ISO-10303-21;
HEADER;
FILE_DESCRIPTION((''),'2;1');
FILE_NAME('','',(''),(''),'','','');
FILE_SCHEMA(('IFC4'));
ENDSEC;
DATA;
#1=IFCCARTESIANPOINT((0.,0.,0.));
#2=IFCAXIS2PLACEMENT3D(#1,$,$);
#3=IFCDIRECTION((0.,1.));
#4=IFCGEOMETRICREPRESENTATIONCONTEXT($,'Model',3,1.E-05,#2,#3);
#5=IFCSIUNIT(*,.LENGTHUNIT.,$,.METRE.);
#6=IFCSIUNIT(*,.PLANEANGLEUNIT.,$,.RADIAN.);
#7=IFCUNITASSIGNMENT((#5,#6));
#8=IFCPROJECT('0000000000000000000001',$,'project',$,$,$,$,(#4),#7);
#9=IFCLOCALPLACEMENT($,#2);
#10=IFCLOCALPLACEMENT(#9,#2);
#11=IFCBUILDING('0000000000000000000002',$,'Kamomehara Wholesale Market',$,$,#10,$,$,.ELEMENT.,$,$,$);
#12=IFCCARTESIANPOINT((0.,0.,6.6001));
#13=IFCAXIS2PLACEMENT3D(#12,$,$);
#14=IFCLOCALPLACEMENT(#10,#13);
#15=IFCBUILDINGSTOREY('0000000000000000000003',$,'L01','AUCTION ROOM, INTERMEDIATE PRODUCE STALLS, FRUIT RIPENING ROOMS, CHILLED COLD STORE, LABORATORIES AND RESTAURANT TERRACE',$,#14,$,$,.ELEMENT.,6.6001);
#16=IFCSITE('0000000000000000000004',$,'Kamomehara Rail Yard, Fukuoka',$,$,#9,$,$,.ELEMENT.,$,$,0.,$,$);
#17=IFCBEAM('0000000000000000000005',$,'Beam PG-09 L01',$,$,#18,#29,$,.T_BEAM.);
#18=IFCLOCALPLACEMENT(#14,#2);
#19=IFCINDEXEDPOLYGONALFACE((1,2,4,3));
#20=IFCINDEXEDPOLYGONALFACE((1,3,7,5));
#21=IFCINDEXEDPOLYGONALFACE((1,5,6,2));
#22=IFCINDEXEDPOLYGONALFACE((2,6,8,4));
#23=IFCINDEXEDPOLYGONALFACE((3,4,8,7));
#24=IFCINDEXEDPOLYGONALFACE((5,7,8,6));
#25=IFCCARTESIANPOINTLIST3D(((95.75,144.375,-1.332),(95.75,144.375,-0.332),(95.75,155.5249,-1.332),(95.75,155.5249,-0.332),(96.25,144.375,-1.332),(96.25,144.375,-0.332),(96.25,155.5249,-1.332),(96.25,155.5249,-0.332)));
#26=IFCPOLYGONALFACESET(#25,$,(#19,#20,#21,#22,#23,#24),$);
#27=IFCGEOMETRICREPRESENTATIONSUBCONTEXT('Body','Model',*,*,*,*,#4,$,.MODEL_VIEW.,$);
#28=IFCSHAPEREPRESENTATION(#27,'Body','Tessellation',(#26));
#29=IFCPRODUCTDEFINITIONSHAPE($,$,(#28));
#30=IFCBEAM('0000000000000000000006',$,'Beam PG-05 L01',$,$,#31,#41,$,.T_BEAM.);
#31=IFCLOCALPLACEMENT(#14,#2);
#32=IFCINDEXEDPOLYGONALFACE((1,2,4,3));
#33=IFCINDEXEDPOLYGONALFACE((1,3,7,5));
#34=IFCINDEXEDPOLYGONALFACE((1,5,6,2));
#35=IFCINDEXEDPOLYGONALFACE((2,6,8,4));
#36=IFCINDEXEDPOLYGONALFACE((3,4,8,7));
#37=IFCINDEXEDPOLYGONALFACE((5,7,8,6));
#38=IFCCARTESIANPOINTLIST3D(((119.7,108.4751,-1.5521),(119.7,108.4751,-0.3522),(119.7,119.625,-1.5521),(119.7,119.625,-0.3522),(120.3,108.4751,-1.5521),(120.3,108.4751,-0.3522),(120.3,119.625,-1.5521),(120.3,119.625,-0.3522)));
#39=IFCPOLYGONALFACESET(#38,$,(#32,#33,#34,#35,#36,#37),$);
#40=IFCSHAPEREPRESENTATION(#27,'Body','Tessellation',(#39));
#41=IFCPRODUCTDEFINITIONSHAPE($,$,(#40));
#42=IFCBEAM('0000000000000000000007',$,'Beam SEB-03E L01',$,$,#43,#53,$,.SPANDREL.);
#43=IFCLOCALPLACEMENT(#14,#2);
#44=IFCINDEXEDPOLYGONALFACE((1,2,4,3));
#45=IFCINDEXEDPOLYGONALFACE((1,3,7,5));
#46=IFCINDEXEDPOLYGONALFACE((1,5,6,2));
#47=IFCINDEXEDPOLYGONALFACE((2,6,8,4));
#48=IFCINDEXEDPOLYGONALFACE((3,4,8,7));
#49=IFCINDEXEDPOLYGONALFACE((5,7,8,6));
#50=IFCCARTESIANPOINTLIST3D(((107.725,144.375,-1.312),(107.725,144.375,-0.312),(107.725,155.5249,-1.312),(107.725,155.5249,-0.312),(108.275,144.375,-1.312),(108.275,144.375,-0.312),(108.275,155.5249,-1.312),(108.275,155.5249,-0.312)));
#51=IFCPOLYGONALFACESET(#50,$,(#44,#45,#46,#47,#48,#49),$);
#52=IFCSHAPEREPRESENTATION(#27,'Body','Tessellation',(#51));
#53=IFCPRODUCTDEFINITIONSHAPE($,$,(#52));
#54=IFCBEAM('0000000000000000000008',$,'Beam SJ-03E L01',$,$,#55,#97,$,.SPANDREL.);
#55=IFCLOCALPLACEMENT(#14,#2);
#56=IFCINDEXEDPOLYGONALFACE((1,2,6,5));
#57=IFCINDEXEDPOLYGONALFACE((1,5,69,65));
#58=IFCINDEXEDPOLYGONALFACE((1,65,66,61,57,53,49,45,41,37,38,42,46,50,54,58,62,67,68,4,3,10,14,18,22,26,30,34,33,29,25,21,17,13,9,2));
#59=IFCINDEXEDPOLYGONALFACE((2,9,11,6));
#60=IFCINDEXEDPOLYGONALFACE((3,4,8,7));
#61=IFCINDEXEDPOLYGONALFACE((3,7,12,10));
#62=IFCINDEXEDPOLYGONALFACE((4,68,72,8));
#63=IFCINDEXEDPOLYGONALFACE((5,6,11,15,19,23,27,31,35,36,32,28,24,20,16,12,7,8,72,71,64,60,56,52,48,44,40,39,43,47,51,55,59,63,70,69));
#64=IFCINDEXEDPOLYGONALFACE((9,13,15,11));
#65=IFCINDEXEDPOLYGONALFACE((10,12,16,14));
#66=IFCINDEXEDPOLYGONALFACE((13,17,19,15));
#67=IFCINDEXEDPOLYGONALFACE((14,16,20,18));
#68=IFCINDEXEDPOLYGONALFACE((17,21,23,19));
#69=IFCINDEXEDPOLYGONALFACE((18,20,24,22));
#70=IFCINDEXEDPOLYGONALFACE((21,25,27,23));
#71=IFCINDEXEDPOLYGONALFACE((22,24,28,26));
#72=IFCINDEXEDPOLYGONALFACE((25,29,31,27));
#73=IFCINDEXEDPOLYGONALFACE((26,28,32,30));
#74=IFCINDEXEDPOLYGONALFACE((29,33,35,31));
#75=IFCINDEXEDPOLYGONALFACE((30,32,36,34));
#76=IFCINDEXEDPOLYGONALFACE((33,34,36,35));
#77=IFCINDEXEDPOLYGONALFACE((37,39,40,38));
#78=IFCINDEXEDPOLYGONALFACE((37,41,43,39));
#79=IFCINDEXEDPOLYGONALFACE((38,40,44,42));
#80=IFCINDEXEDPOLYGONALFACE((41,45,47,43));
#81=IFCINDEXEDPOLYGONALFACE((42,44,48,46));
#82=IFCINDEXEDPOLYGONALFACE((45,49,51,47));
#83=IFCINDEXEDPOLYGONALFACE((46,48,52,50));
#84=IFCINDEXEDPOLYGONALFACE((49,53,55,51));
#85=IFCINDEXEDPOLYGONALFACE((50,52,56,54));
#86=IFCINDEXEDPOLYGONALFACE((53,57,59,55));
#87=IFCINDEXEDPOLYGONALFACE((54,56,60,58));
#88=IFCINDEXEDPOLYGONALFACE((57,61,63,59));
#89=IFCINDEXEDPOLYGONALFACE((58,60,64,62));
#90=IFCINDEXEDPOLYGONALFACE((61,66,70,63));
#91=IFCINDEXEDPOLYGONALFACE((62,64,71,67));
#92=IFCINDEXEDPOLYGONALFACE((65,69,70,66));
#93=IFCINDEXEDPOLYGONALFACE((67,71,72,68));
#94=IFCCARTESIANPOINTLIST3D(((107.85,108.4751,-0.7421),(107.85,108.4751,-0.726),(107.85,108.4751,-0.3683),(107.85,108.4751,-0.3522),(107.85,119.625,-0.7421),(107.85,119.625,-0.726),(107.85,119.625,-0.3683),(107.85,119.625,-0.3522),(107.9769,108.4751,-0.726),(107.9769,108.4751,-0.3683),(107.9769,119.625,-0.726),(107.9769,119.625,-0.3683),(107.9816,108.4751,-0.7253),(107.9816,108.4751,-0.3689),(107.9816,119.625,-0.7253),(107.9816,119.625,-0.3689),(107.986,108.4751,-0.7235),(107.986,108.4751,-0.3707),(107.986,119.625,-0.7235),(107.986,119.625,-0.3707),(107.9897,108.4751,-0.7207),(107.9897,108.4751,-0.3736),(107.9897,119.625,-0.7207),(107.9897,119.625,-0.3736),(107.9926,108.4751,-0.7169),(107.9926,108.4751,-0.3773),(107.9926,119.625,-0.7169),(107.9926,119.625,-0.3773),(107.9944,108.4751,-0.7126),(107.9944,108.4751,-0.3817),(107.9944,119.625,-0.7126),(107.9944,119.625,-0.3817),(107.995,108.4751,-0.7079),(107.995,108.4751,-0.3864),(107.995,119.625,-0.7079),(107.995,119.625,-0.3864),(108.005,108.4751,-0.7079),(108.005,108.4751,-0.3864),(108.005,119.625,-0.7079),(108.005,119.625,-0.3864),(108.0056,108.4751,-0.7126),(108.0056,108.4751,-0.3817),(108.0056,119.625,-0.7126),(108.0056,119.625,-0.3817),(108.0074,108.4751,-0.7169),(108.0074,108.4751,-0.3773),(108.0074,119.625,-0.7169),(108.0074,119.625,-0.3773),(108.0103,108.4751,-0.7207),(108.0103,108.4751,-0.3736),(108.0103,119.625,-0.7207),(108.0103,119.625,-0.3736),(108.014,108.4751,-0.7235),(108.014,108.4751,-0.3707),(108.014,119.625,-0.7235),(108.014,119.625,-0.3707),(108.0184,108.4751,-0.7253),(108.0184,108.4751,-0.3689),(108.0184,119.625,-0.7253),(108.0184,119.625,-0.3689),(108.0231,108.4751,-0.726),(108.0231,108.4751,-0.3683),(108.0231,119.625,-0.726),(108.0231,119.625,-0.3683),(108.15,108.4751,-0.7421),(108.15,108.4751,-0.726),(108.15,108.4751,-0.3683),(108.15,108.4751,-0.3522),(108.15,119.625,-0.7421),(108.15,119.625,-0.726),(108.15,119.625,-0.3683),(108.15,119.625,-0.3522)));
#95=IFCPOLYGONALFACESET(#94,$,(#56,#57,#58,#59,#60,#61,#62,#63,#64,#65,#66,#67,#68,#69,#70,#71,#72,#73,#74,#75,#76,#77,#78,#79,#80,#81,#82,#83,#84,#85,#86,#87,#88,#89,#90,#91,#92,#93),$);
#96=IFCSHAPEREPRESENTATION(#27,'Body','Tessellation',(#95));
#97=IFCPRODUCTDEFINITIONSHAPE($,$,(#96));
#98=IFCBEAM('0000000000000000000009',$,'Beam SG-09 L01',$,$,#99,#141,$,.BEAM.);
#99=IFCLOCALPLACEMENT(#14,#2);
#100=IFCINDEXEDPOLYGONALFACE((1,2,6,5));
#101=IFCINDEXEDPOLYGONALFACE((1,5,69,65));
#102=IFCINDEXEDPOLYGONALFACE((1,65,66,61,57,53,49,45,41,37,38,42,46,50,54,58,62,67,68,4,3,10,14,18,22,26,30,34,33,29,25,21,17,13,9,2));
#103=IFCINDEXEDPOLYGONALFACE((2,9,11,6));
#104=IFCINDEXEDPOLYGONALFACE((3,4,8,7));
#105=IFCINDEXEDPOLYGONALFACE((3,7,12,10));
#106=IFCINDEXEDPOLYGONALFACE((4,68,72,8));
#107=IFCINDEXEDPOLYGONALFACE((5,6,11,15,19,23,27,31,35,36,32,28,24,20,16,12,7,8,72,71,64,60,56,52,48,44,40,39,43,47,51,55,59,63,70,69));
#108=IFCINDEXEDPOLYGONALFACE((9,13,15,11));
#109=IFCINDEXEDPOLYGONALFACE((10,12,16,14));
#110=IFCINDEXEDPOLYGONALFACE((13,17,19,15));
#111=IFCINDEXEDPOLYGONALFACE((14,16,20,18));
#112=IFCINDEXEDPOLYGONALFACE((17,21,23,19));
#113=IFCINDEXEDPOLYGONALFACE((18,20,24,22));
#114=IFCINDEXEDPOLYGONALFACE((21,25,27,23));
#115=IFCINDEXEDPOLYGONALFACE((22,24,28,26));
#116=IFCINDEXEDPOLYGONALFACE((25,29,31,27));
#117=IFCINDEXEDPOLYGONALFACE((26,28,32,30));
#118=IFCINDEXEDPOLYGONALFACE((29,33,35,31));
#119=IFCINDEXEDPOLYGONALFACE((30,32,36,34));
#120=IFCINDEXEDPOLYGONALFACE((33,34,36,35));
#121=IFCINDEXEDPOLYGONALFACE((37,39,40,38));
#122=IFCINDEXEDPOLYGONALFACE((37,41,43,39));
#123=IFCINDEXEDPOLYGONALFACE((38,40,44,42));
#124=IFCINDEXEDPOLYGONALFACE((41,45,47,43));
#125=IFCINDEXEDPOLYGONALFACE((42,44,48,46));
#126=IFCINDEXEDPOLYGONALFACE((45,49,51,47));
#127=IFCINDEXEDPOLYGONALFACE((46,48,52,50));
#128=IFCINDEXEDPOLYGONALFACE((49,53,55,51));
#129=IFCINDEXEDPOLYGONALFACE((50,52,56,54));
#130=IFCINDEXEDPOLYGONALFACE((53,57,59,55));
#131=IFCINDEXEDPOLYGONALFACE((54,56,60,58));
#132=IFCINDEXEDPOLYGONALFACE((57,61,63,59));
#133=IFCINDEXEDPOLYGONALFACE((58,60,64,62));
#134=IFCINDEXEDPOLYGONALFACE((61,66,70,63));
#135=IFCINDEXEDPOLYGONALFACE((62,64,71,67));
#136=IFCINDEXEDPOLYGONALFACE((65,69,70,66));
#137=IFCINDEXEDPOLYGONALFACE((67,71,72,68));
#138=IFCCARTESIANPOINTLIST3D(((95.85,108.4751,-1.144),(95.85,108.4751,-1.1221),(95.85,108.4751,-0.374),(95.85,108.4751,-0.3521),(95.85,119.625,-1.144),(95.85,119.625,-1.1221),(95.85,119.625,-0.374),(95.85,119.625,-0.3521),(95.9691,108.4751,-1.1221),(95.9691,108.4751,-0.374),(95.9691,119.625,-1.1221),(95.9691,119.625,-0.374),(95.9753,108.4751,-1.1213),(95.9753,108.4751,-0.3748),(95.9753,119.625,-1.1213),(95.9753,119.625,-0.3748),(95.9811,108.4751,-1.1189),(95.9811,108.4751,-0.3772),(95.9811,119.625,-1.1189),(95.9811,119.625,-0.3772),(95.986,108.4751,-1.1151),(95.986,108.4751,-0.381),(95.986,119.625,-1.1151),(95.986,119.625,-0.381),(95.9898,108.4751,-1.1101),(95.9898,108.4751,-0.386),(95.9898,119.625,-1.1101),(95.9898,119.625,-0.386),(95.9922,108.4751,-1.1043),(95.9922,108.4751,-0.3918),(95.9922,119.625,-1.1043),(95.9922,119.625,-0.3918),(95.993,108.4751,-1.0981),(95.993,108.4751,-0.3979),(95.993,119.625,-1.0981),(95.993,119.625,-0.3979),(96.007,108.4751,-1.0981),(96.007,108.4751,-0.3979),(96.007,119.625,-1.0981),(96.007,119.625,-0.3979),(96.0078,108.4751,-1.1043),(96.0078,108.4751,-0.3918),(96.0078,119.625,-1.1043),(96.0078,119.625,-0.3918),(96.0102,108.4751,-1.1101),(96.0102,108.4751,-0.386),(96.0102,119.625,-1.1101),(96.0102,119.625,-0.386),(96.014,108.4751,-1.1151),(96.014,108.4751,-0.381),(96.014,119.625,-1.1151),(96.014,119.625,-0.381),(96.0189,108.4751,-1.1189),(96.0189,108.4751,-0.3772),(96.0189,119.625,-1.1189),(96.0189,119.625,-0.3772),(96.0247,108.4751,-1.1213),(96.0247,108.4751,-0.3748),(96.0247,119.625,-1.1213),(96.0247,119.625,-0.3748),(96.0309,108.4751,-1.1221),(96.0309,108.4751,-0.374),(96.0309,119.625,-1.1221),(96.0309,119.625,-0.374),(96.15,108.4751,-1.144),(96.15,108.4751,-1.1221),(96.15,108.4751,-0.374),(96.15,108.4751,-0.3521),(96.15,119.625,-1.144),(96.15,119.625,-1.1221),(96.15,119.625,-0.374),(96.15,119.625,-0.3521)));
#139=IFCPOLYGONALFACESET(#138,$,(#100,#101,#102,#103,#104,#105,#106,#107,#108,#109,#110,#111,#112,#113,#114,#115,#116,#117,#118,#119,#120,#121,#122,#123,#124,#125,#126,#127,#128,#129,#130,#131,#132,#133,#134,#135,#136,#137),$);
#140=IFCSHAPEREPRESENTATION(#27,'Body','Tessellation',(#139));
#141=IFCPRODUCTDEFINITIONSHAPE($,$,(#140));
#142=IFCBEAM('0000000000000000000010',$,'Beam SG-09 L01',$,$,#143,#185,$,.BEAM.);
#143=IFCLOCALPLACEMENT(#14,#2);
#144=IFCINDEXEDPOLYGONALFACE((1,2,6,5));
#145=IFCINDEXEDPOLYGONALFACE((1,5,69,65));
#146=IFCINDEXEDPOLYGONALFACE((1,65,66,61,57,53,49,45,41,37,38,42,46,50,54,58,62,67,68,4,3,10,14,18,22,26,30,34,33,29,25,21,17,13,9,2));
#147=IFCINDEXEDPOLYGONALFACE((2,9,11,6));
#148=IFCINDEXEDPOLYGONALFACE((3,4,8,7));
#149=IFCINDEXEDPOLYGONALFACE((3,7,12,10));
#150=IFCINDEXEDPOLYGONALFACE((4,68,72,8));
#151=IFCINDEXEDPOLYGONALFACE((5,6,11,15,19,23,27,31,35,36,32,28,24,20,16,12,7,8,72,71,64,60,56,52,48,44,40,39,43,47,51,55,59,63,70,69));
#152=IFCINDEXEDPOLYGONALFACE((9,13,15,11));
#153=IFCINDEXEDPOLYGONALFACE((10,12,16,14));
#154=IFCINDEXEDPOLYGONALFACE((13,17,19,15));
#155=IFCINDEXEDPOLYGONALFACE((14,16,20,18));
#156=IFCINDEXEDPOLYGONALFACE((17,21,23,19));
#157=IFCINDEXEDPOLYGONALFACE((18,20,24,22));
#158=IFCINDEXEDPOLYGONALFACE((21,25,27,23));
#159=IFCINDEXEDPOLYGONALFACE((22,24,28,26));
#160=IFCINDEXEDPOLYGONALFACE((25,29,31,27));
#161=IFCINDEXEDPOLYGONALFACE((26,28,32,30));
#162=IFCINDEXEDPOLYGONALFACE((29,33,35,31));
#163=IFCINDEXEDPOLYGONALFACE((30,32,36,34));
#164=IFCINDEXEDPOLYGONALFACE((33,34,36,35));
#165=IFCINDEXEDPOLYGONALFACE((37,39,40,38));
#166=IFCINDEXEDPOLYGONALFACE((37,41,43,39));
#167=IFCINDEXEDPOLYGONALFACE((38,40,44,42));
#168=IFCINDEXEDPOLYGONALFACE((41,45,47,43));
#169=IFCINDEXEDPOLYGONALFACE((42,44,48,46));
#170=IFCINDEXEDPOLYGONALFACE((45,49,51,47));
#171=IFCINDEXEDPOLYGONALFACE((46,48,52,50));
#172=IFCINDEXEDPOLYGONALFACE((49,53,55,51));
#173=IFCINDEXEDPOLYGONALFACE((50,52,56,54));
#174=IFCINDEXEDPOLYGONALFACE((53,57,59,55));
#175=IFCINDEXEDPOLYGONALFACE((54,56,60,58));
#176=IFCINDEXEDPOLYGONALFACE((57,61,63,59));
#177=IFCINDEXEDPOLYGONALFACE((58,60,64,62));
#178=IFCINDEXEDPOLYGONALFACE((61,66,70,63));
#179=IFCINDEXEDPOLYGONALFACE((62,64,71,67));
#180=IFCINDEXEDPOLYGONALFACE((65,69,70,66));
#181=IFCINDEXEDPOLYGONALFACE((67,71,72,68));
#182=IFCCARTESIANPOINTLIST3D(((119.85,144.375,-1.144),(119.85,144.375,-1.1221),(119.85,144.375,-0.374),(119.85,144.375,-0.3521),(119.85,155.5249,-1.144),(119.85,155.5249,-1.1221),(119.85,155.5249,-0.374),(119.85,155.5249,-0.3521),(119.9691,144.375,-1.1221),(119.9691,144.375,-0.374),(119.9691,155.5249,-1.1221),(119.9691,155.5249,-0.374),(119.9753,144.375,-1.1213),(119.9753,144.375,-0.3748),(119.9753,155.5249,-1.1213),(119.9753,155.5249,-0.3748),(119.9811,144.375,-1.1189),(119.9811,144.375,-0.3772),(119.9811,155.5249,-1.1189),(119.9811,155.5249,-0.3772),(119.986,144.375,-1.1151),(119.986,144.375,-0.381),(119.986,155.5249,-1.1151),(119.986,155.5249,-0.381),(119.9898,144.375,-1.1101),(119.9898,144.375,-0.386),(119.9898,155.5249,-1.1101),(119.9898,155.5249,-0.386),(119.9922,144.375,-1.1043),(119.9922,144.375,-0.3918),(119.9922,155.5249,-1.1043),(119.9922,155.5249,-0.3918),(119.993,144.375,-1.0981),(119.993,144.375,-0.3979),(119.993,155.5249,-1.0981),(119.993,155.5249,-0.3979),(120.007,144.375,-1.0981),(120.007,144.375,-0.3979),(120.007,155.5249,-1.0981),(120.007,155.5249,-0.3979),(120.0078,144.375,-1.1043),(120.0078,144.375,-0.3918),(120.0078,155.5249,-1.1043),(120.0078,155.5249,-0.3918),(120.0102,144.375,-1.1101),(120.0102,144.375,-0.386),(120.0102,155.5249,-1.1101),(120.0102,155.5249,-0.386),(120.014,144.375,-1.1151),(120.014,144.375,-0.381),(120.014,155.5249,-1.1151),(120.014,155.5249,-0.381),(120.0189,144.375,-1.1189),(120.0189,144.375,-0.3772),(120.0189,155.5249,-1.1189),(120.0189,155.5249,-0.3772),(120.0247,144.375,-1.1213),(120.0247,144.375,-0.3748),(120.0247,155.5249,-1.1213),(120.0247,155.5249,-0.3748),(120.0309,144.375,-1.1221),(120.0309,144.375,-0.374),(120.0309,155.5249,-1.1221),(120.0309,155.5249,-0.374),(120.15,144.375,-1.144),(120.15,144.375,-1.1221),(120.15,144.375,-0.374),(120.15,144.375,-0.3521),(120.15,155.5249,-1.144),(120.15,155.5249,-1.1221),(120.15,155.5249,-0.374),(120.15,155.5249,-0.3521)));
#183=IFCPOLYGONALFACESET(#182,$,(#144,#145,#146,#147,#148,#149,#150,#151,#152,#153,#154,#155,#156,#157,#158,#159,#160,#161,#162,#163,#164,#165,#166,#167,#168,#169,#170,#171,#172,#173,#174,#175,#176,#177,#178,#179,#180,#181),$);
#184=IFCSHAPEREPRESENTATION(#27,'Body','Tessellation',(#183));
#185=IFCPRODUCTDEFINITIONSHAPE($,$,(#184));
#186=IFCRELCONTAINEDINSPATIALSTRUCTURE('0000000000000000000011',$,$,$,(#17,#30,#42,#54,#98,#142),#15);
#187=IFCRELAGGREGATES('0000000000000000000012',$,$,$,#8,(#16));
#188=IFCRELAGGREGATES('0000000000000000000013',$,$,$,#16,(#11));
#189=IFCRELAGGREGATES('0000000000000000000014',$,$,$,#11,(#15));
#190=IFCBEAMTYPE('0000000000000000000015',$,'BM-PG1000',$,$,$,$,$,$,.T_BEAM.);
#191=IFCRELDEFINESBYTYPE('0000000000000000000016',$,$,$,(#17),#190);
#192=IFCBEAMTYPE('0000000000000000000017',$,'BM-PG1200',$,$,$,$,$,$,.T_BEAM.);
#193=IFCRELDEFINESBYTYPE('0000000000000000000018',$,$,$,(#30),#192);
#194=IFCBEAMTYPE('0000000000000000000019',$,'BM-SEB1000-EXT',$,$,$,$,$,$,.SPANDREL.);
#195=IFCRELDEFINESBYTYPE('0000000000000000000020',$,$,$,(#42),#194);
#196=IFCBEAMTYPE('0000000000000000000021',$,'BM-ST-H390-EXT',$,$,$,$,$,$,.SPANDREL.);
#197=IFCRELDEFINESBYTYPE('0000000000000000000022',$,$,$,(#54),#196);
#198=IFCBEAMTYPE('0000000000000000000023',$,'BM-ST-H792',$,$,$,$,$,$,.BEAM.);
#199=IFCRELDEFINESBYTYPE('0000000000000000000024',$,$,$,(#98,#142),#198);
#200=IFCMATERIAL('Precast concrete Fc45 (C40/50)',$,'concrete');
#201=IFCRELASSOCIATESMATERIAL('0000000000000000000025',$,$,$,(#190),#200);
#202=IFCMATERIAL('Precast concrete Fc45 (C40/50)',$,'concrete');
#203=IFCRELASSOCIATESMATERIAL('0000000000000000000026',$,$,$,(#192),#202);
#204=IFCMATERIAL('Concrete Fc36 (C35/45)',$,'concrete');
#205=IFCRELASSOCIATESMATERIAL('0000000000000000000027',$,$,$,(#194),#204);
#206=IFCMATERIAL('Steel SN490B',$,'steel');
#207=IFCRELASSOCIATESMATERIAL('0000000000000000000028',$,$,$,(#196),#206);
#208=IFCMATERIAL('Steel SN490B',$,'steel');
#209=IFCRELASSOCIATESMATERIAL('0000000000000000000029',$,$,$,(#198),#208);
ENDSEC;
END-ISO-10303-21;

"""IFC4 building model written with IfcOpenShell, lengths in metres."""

from ifc_helpers import new_model, si_unit, direction, frame, origin, origin_2d, place, context, subcontext, project, spatial, rectangle, i_section, extrude, material, material_profile, profile_set, type_object, element, save


model = new_model("IFC4")

# Units and contexts
model_context = context("Model", 3, precision=1e-05, world=origin(), true_north=direction((0.0, 1.0)))
body_context = subcontext(model_context, "Body", "Model", "MODEL_VIEW")
ifc_project = project(units=[si_unit("LENGTHUNIT", "METRE"), si_unit("PLANEANGLEUNIT", "RADIAN")], contexts=[model_context])

# Site, building, storey
site_placement = place(None, origin())
site = spatial("IfcSite", under=ifc_project, at=site_placement, Name="Kamomehara Rail Yard, Fukuoka", CompositionType="ELEMENT", RefElevation=0.0)
building_placement = place(site_placement, origin())
building = spatial("IfcBuilding", under=site, at=building_placement, Name="Kamomehara Wholesale Market", CompositionType="ELEMENT")
storey_placement = place(building_placement, frame((0.0, 0.0, 6.6001)))
storey = spatial("IfcBuildingStorey", under=building, at=storey_placement, Name="L01", Description="AUCTION ROOM, INTERMEDIATE PRODUCE STALLS, FRUIT RIPENING ROOMS, CHILLED COLD STORE, LABORATORIES AND RESTAURANT TERRACE", CompositionType="ELEMENT", Elevation=6.6001)

# Beams
ifc_material_1 = material(Name="Precast concrete Fc45 (C40/50)", Category="concrete")
ifc_material_profile_1 = material_profile(ifc_material_1, rectangle(XDim=0.5, YDim=1.0, at=origin_2d()), Name="PC-GRD-500x1000")
ifc_profile_set_1 = profile_set([ifc_material_profile_1], Name="Precast concrete Fc45 (C40/50)")
beam_type_1 = type_object("IfcBeamType", Name="BM-PG1000", PredefinedType="T_BEAM", material=ifc_profile_set_1)
beam_1_placement = place(storey_placement, frame((96.0, 144.375, -0.832), z_axis=(0.0, 1.0, 0.0), x_axis=(-1.0, 0.0, 0.0)))
element("IfcBeam", 1, at=beam_1_placement, inside=storey, type_object=beam_type_1, Name="Beam PG-09 L01", PredefinedType="T_BEAM", context=body_context, shape_type="SweptSolid", body=[
    extrude(rectangle(XDim=0.5, YDim=1.0, at=origin_2d()), origin(), (0.0, 0.0, 1.0), 11.1499),
])
ifc_material_2 = material(Name="Precast concrete Fc45 (C40/50)", Category="concrete")
ifc_material_profile_2 = material_profile(ifc_material_2, rectangle(XDim=0.6001, YDim=1.2, at=origin_2d()), Name="PC-GRD-600x1200")
ifc_profile_set_2 = profile_set([ifc_material_profile_2], Name="Precast concrete Fc45 (C40/50)")
beam_type_2 = type_object("IfcBeamType", Name="BM-PG1200", PredefinedType="T_BEAM", material=ifc_profile_set_2)
beam_2_placement = place(storey_placement, frame((120.0, 108.4751, -0.9521), z_axis=(0.0, 1.0, 0.0), x_axis=(-1.0, 0.0, 0.0)))
element("IfcBeam", 2, at=beam_2_placement, inside=storey, type_object=beam_type_2, Name="Beam PG-05 L01", PredefinedType="T_BEAM", context=body_context, shape_type="SweptSolid", body=[
    extrude(rectangle(XDim=0.6001, YDim=1.2, at=origin_2d()), origin(), (0.0, 0.0, 1.0), 11.1499),
])
ifc_material_3 = material(Name="Concrete Fc36 (C35/45)", Category="concrete")
ifc_material_profile_3 = material_profile(ifc_material_3, rectangle(XDim=0.55, YDim=1.0, at=origin_2d()), Name="RC-SEB-550x1000")
ifc_profile_set_3 = profile_set([ifc_material_profile_3], Name="Concrete Fc36 (C35/45)")
beam_type_3 = type_object("IfcBeamType", Name="BM-SEB1000-EXT", PredefinedType="SPANDREL", material=ifc_profile_set_3)
beam_3_placement = place(storey_placement, frame((108.0, 144.375, -0.812), z_axis=(0.0, 1.0, 0.0), x_axis=(-1.0, 0.0, 0.0)))
element("IfcBeam", 3, at=beam_3_placement, inside=storey, type_object=beam_type_3, Name="Beam SEB-03E L01", PredefinedType="SPANDREL", context=body_context, shape_type="SweptSolid", body=[
    extrude(rectangle(XDim=0.55, YDim=1.0, at=origin_2d()), origin(), (0.0, 0.0, 1.0), 11.1499),
])
ifc_material_4 = material(Name="Steel SN490B", Category="steel")
ifc_material_profile_4 = material_profile(ifc_material_4, i_section(OverallWidth=0.3, OverallDepth=0.3899, WebThickness=0.01, FlangeThickness=0.0161, FilletRadius=0.0181, at=origin_2d()), Name="H-390x300x10x16")
ifc_profile_set_4 = profile_set([ifc_material_profile_4], Name="Steel SN490B")
beam_type_4 = type_object("IfcBeamType", Name="BM-ST-H390-EXT", PredefinedType="SPANDREL", material=ifc_profile_set_4)
beam_4_placement = place(storey_placement, frame((108.0, 108.4751, -0.5471), z_axis=(0.0, 1.0, 0.0), x_axis=(-1.0, 0.0, 0.0)))
element("IfcBeam", 4, at=beam_4_placement, inside=storey, type_object=beam_type_4, Name="Beam SJ-03E L01", PredefinedType="SPANDREL", context=body_context, shape_type="SweptSolid", body=[
    extrude(i_section(OverallWidth=0.3, OverallDepth=0.3899, WebThickness=0.01, FlangeThickness=0.0161, FilletRadius=0.0181, at=origin_2d()), origin(), (0.0, 0.0, 1.0), 11.1499),
])
ifc_material_5 = material(Name="Steel SN490B", Category="steel")
ifc_material_profile_5 = material_profile(ifc_material_5, i_section(OverallWidth=0.3, OverallDepth=0.792, WebThickness=0.0139, FlangeThickness=0.022, FilletRadius=0.0239, at=origin_2d()), Name="H-792x300x14x22")
ifc_profile_set_5 = profile_set([ifc_material_profile_5], Name="Steel SN490B")
beam_type_5 = type_object("IfcBeamType", Name="BM-ST-H792", PredefinedType="BEAM", material=ifc_profile_set_5)
for number, where, z_axis, x_axis, name in (
    (5, (96.0, 108.4751, -0.748), (0.0, 1.0, 0.0), (-1.0, 0.0, 0.0), "Beam SG-09 L01"),
    (6, (120.0, 144.375, -0.748), (0.0, 1.0, 0.0), (-1.0, 0.0, 0.0), "Beam SG-09 L01"),
):
    element("IfcBeam", number, at=place(storey_placement, frame(where, z_axis=z_axis, x_axis=x_axis)), inside=storey, type_object=beam_type_5, Name=name, PredefinedType="BEAM", context=body_context, shape_type="SweptSolid", body=[
        extrude(i_section(OverallWidth=0.3, OverallDepth=0.792, WebThickness=0.0139, FlangeThickness=0.022, FilletRadius=0.0239, at=origin_2d()), origin(), (0.0, 0.0, 1.0), 11.1499),
    ])

save(model, "model.ifc")
